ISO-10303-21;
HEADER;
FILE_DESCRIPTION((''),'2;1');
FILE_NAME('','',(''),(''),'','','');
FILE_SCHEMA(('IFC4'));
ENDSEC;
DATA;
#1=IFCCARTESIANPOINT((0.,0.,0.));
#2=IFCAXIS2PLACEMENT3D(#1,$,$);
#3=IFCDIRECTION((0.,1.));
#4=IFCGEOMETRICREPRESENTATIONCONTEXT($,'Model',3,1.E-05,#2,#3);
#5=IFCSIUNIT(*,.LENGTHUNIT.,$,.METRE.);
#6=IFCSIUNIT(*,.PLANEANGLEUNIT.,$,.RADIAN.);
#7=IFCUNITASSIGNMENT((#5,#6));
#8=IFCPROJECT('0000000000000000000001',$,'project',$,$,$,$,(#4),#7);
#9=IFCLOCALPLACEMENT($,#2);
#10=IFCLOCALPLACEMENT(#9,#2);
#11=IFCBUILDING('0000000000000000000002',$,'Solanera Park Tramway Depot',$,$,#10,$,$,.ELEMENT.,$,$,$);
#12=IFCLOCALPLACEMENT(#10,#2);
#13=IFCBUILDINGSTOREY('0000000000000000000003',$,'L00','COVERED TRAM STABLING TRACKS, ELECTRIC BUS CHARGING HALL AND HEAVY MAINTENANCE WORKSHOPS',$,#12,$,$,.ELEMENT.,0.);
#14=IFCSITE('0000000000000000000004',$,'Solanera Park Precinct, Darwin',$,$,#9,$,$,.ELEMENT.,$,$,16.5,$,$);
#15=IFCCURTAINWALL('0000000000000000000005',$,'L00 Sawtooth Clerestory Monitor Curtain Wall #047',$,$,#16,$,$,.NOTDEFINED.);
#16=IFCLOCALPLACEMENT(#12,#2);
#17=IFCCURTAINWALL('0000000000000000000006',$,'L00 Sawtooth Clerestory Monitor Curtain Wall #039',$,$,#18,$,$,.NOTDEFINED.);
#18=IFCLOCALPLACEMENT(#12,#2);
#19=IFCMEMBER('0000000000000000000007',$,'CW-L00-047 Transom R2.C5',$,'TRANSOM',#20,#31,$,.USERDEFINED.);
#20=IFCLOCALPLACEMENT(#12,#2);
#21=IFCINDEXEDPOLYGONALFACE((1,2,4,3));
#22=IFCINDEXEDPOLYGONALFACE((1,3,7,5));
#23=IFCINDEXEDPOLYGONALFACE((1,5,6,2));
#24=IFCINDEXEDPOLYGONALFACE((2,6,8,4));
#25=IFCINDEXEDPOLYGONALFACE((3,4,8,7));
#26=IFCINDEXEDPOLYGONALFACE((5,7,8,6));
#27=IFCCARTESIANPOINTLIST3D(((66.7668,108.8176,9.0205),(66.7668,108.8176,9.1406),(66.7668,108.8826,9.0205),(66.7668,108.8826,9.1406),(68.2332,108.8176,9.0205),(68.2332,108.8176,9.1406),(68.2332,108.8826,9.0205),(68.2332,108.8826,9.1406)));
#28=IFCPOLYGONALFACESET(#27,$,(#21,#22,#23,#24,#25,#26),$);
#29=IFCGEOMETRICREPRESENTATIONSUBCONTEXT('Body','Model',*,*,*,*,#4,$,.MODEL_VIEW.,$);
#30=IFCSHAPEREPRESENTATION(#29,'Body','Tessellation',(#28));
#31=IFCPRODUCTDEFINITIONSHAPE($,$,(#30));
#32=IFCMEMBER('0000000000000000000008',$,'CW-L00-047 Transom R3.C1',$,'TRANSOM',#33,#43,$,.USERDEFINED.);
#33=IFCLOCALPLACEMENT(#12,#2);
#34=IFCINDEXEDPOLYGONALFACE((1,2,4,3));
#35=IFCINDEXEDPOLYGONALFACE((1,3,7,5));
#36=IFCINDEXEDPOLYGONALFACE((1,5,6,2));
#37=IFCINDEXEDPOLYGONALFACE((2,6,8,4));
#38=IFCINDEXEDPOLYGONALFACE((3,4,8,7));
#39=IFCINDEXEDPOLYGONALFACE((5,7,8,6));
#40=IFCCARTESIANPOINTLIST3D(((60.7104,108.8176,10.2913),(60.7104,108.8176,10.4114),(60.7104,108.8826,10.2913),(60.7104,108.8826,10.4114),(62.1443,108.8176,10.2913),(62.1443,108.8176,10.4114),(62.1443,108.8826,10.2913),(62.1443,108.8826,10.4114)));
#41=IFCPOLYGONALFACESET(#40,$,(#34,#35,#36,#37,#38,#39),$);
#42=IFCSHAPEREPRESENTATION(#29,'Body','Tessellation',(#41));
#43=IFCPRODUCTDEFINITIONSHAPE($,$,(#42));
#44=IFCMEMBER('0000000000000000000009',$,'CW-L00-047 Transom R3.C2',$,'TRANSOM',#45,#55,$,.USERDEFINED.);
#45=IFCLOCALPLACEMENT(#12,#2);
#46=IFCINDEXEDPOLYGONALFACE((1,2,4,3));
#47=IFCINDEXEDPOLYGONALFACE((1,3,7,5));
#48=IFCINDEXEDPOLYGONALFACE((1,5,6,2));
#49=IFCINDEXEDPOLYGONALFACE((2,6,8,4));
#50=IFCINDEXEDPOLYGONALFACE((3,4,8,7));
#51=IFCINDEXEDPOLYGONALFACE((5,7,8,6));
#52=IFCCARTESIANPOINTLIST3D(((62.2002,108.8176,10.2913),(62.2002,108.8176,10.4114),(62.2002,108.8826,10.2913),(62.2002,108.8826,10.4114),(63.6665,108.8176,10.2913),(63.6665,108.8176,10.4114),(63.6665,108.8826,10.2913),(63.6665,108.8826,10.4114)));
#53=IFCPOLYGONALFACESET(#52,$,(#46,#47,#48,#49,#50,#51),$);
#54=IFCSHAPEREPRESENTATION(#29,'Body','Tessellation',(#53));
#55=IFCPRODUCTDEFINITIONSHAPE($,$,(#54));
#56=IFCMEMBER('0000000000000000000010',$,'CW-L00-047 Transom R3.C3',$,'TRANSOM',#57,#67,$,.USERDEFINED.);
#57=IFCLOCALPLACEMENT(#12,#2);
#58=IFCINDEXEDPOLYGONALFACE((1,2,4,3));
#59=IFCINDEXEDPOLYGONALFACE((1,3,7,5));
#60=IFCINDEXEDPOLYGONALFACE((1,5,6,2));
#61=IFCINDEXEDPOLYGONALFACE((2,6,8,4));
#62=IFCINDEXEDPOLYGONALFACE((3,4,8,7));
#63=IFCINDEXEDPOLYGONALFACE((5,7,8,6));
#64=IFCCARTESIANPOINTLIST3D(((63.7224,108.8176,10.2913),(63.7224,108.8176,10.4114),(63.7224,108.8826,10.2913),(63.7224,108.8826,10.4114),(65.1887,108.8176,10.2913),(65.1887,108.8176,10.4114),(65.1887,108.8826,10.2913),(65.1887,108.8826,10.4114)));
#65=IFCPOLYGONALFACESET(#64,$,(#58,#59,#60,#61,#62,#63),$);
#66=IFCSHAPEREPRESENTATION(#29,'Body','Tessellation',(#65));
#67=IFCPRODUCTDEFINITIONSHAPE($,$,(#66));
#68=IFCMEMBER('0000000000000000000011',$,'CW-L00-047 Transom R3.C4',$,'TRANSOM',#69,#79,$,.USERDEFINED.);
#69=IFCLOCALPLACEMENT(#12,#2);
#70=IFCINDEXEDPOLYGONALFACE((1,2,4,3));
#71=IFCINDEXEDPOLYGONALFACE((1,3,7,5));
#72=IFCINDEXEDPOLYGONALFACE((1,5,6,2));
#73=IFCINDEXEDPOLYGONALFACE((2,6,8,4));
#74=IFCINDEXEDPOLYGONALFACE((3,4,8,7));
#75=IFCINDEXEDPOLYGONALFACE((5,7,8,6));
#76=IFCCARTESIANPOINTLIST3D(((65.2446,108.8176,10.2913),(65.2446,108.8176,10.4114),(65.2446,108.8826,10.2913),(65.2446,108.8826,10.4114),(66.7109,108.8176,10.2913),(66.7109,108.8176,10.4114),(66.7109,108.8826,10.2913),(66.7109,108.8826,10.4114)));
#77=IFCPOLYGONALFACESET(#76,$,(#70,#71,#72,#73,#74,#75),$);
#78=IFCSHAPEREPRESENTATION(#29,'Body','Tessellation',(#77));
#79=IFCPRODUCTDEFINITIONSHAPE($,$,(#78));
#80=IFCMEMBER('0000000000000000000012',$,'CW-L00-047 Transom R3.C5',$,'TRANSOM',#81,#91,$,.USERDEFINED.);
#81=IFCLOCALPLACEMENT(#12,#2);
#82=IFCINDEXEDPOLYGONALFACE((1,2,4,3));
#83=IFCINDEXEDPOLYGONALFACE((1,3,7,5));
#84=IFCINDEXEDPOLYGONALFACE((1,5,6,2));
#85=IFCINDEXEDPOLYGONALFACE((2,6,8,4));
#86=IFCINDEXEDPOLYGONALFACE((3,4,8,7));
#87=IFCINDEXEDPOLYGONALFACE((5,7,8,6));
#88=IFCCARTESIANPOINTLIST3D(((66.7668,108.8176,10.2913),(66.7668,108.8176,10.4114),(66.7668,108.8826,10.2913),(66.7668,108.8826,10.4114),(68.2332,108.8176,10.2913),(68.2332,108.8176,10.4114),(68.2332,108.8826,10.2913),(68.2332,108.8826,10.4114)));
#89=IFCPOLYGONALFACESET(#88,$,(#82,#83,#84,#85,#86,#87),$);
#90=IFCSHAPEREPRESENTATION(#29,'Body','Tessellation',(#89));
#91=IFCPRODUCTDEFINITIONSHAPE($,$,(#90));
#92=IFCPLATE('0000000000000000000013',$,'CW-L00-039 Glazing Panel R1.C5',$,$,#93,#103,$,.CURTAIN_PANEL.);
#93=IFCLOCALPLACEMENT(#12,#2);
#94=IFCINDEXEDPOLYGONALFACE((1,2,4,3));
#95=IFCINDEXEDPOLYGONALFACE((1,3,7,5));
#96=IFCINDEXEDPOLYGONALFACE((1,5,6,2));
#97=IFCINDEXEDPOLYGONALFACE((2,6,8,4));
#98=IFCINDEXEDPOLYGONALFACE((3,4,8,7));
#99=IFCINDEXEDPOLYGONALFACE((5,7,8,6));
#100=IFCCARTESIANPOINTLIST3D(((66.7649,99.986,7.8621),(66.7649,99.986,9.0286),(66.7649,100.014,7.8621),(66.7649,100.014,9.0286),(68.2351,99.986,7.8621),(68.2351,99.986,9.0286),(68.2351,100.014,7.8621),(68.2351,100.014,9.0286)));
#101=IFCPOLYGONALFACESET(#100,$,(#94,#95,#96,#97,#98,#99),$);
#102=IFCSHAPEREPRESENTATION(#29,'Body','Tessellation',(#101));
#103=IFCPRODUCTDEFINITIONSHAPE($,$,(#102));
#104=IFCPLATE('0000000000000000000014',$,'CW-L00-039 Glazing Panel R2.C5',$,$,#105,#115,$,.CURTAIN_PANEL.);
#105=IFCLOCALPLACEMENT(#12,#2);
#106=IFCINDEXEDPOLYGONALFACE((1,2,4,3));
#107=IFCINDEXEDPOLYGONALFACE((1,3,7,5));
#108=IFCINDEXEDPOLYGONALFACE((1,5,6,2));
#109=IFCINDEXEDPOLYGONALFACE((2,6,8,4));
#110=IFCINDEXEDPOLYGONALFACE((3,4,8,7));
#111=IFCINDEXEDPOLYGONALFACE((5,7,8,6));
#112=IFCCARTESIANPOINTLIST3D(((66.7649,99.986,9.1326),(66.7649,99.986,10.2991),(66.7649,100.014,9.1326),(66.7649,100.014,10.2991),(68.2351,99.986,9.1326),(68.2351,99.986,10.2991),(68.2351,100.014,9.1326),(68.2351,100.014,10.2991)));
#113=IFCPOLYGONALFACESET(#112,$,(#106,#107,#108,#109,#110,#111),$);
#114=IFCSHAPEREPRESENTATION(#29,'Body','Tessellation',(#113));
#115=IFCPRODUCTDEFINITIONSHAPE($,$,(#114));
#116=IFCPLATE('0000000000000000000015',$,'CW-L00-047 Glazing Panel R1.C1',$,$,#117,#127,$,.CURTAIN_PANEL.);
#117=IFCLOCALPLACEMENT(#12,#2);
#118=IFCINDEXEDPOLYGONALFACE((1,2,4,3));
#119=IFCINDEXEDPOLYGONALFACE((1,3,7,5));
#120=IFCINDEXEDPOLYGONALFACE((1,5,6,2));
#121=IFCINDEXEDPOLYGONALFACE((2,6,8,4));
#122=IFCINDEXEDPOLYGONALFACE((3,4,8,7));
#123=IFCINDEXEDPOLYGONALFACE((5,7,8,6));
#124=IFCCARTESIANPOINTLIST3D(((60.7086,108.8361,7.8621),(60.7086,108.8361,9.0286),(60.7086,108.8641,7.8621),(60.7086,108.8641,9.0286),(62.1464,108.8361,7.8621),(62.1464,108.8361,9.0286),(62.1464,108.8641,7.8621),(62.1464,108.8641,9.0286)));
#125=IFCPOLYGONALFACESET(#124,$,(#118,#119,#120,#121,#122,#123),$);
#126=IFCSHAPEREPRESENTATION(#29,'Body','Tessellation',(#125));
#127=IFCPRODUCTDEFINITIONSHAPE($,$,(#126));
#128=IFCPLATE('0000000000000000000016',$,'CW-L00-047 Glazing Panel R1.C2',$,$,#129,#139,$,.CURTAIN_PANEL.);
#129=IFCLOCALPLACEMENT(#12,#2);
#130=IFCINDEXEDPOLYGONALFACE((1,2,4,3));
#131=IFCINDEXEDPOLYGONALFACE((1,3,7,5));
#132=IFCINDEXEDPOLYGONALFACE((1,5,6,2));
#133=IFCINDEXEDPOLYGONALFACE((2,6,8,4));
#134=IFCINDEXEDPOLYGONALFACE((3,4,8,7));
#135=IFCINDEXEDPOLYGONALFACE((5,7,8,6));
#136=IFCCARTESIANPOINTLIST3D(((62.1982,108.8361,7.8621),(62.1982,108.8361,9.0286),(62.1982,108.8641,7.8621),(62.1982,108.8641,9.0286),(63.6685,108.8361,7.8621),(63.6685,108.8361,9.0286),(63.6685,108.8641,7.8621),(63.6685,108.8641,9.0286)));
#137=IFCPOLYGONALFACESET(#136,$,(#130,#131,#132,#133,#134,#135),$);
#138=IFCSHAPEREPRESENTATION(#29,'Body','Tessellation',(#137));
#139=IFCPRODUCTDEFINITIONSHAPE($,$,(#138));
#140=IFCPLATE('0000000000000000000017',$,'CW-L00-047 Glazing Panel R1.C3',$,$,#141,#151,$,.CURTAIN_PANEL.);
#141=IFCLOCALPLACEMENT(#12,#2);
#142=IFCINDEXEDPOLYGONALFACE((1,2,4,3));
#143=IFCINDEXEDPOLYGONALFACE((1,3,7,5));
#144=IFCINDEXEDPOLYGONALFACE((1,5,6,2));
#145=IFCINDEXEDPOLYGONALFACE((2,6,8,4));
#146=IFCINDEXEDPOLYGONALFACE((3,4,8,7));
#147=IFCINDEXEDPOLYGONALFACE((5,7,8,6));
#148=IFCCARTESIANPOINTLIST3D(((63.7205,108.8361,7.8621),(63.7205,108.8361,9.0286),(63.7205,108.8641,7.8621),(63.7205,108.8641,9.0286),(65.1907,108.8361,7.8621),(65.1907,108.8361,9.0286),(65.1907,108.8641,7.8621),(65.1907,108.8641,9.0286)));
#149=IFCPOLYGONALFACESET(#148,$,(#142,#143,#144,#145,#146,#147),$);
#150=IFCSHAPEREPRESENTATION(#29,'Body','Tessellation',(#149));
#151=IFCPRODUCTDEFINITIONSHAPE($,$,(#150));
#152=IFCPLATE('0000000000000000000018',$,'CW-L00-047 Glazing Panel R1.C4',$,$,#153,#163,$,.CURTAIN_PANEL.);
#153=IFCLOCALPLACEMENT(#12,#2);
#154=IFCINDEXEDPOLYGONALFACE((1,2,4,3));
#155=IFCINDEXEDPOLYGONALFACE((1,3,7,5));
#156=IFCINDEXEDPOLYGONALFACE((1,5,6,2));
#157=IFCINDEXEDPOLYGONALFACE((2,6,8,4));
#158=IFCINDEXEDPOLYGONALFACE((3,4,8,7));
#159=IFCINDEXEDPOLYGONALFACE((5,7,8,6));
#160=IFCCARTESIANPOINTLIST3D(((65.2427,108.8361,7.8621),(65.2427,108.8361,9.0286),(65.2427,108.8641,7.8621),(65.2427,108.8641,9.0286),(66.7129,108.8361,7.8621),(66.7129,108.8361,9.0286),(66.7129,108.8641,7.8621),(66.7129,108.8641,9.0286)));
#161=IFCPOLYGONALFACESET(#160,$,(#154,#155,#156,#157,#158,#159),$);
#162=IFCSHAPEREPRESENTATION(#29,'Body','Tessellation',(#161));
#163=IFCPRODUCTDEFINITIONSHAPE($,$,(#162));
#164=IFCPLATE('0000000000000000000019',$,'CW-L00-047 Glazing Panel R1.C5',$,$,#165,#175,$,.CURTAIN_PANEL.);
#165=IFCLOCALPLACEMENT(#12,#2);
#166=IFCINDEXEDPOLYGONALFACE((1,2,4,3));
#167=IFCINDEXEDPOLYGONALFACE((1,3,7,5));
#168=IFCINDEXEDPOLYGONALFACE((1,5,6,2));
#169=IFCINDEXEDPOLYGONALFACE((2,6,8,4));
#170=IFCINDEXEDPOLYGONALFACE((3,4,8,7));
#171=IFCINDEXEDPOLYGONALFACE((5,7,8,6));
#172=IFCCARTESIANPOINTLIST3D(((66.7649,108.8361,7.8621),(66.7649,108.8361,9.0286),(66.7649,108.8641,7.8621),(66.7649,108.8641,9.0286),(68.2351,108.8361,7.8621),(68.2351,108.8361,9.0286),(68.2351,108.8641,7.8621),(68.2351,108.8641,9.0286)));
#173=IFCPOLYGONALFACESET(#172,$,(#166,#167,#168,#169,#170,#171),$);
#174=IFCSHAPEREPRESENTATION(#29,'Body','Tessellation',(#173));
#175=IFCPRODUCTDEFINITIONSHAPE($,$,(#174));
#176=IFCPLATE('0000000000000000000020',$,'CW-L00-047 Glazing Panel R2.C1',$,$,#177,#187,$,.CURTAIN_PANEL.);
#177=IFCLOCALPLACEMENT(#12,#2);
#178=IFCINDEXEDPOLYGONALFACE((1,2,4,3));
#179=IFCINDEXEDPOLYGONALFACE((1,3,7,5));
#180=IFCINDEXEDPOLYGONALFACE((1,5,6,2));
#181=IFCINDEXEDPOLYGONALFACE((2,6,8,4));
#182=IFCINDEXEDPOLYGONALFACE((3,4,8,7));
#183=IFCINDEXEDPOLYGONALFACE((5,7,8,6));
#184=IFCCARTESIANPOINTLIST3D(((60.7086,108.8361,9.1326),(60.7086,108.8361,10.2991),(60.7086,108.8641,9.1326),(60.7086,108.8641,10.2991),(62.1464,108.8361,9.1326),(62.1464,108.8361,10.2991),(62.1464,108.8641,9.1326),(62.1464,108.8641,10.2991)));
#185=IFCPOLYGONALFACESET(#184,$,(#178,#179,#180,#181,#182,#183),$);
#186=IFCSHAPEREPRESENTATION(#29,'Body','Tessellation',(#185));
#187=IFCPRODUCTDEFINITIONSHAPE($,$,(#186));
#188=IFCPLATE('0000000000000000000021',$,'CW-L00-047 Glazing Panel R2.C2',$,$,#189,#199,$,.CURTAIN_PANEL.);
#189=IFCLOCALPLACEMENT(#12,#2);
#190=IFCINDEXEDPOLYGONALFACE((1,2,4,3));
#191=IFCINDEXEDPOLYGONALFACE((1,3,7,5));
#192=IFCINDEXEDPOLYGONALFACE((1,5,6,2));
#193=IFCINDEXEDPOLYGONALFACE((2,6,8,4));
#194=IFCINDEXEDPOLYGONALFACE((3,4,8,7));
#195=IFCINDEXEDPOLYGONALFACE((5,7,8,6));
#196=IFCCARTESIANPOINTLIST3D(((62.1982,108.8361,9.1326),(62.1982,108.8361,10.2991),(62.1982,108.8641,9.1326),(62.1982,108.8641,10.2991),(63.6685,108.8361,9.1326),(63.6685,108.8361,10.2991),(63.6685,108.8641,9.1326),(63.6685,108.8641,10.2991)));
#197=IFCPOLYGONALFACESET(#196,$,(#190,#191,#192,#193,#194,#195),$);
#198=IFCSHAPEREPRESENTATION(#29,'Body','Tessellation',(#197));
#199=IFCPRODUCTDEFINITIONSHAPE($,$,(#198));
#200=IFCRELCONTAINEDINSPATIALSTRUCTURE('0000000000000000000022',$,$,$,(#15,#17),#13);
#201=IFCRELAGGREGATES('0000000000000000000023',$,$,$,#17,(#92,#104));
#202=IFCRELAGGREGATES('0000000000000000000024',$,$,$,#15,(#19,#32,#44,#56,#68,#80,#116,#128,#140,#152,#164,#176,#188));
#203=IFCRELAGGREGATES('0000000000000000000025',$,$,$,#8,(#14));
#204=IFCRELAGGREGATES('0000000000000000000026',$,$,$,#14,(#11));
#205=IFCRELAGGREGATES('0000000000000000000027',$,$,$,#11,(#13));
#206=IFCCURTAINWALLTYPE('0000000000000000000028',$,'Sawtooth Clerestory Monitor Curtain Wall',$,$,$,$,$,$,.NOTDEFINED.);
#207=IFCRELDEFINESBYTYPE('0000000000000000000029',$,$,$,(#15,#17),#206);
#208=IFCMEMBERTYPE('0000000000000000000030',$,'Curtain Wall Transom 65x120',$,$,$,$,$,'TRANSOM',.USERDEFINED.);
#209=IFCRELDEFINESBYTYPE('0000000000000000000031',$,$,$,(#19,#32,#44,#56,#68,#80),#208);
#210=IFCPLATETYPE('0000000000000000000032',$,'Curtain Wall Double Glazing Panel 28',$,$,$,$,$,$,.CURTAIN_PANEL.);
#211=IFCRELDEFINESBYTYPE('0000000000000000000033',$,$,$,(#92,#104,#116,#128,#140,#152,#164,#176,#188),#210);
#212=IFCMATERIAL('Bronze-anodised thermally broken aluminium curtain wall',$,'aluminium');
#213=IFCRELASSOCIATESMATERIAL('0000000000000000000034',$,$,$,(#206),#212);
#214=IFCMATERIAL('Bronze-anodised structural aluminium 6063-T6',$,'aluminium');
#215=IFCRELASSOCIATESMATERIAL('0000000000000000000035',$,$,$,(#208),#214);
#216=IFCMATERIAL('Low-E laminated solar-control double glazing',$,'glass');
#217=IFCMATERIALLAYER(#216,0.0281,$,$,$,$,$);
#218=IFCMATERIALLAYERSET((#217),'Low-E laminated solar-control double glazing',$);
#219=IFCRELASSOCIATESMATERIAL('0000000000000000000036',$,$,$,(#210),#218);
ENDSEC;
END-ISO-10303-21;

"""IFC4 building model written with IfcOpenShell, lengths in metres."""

from ifc_helpers import new_model, si_unit, direction, frame, origin, origin_2d, place, context, subcontext, project, spatial, rectangle, extrude, material, layer, layer_set, material_profile, profile_set, type_object, element, aggregate, save


model = new_model("IFC4")

# Units and contexts
model_context = context("Model", 3, precision=1e-05, world=origin(), true_north=direction((0.0, 1.0)))
body_context = subcontext(model_context, "Body", "Model", "MODEL_VIEW")
ifc_project = project(units=[si_unit("LENGTHUNIT", "METRE"), si_unit("PLANEANGLEUNIT", "RADIAN")], contexts=[model_context])

# Site, building, storey
site_placement = place(None, origin())
site = spatial("IfcSite", under=ifc_project, at=site_placement, Name="Solanera Park Precinct, Darwin", CompositionType="ELEMENT", RefElevation=16.5)
building_placement = place(site_placement, origin())
building = spatial("IfcBuilding", under=site, at=building_placement, Name="Solanera Park Tramway Depot", CompositionType="ELEMENT")
storey_placement = place(building_placement, origin())
storey = spatial("IfcBuildingStorey", under=building, at=storey_placement, Name="L00", Description="COVERED TRAM STABLING TRACKS, ELECTRIC BUS CHARGING HALL AND HEAVY MAINTENANCE WORKSHOPS", CompositionType="ELEMENT", Elevation=0.0)

# Curtain walls
ifc_material_1 = material(Name="Bronze-anodised thermally broken aluminium curtain wall", Category="aluminium")
curtain_wall_type = type_object("IfcCurtainWallType", Name="Sawtooth Clerestory Monitor Curtain Wall", PredefinedType="NOTDEFINED", material=ifc_material_1)
curtain_wall_1_placement = place(storey_placement, origin())
curtain_wall_1 = element("IfcCurtainWall", 1, at=curtain_wall_1_placement, inside=storey, type_object=curtain_wall_type, Name="L00 Sawtooth Clerestory Monitor Curtain Wall #047", PredefinedType="NOTDEFINED")
curtain_wall_2_placement = place(storey_placement, origin())
curtain_wall_2 = element("IfcCurtainWall", 2, at=curtain_wall_2_placement, inside=storey, type_object=curtain_wall_type, Name="L00 Sawtooth Clerestory Monitor Curtain Wall #039", PredefinedType="NOTDEFINED")
ifc_material_2 = material(Name="Bronze-anodised structural aluminium 6063-T6", Category="aluminium")
ifc_material_profile_1 = material_profile(ifc_material_2, rectangle(XDim=0.0649, YDim=0.1201, at=origin_2d()), Name="Curtain Wall Transom 65x120")
ifc_profile_set_1 = profile_set([ifc_material_profile_1], Name="Bronze-anodised structural aluminium 6063-T6")
member_type_1 = type_object("IfcMemberType", Name="Curtain Wall Transom 65x120", ElementType="TRANSOM", PredefinedType="USERDEFINED", material=ifc_profile_set_1)

# Members
member_1_placement = place(storey_placement, frame((66.7668, 108.8501, 9.0806), z_axis=(1.0, 0.0, 0.0), x_axis=(0.0, 1.0, 0.0)))
member_1 = element("IfcMember", 3, at=member_1_placement, type_object=member_type_1, Name="CW-L00-047 Transom R2.C5", ObjectType="TRANSOM", PredefinedType="USERDEFINED", context=body_context, shape_type="SweptSolid", body=[
    extrude(rectangle(XDim=0.0649, YDim=0.1201, at=origin_2d()), origin(), (0.0, 0.0, 1.0), 1.4663),
])
member_2_placement = place(storey_placement, frame((60.7104, 108.8501, 10.3513), z_axis=(1.0, 0.0, 0.0), x_axis=(0.0, 1.0, 0.0)))
member_2 = element("IfcMember", 4, at=member_2_placement, type_object=member_type_1, Name="CW-L00-047 Transom R3.C1", ObjectType="TRANSOM", PredefinedType="USERDEFINED", context=body_context, shape_type="SweptSolid", body=[
    extrude(rectangle(XDim=0.0649, YDim=0.1201, at=origin_2d()), origin(), (0.0, 0.0, 1.0), 1.4338),
])
member_3_placement = place(storey_placement, frame((62.2002, 108.8501, 10.3513), z_axis=(1.0, 0.0, 0.0), x_axis=(0.0, 1.0, 0.0)))
member_3 = element("IfcMember", 5, at=member_3_placement, type_object=member_type_1, Name="CW-L00-047 Transom R3.C2", ObjectType="TRANSOM", PredefinedType="USERDEFINED", context=body_context, shape_type="SweptSolid", body=[
    extrude(rectangle(XDim=0.0649, YDim=0.1201, at=origin_2d()), origin(), (0.0, 0.0, 1.0), 1.4663),
])
member_4_placement = place(storey_placement, frame((63.7224, 108.8501, 10.3513), z_axis=(1.0, 0.0, 0.0), x_axis=(0.0, 1.0, 0.0)))
member_4 = element("IfcMember", 6, at=member_4_placement, type_object=member_type_1, Name="CW-L00-047 Transom R3.C3", ObjectType="TRANSOM", PredefinedType="USERDEFINED", context=body_context, shape_type="SweptSolid", body=[
    extrude(rectangle(XDim=0.0649, YDim=0.1201, at=origin_2d()), origin(), (0.0, 0.0, 1.0), 1.4663),
])
member_5_placement = place(storey_placement, frame((65.2446, 108.8501, 10.3513), z_axis=(1.0, 0.0, 0.0), x_axis=(0.0, 1.0, 0.0)))
member_5 = element("IfcMember", 7, at=member_5_placement, type_object=member_type_1, Name="CW-L00-047 Transom R3.C4", ObjectType="TRANSOM", PredefinedType="USERDEFINED", context=body_context, shape_type="SweptSolid", body=[
    extrude(rectangle(XDim=0.0649, YDim=0.1201, at=origin_2d()), origin(), (0.0, 0.0, 1.0), 1.4663),
])
member_6_placement = place(storey_placement, frame((66.7668, 108.8501, 10.3513), z_axis=(1.0, 0.0, 0.0), x_axis=(0.0, 1.0, 0.0)))
member_6 = element("IfcMember", 8, at=member_6_placement, type_object=member_type_1, Name="CW-L00-047 Transom R3.C5", ObjectType="TRANSOM", PredefinedType="USERDEFINED", context=body_context, shape_type="SweptSolid", body=[
    extrude(rectangle(XDim=0.0649, YDim=0.1201, at=origin_2d()), origin(), (0.0, 0.0, 1.0), 1.4663),
])

# Plates
ifc_material_3 = material(Name="Low-E laminated solar-control double glazing", Category="glass")
ifc_layer = layer(ifc_material_3, 0.0281)
ifc_layer_set = layer_set([ifc_layer], Name="Low-E laminated solar-control double glazing")
plate_type = type_object("IfcPlateType", Name="Curtain Wall Double Glazing Panel 28", PredefinedType="CURTAIN_PANEL", material=ifc_layer_set)
plate_1_placement = place(storey_placement, frame((67.5, 100.0, 7.8621), z_axis=(0.0, 0.0, 1.0), x_axis=(1.0, 0.0, 0.0)))
plate_1 = element("IfcPlate", 9, at=plate_1_placement, type_object=plate_type, Name="CW-L00-039 Glazing Panel R1.C5", PredefinedType="CURTAIN_PANEL", context=body_context, shape_type="SweptSolid", body=[
    extrude(rectangle(XDim=1.4702, YDim=0.0281, at=origin_2d()), origin(), (0.0, 0.0, 1.0), 1.1665),
])
plate_2_placement = place(storey_placement, frame((67.5, 100.0, 9.1326), z_axis=(0.0, 0.0, 1.0), x_axis=(1.0, 0.0, 0.0)))
plate_2 = element("IfcPlate", 10, at=plate_2_placement, type_object=plate_type, Name="CW-L00-039 Glazing Panel R2.C5", PredefinedType="CURTAIN_PANEL", context=body_context, shape_type="SweptSolid", body=[
    extrude(rectangle(XDim=1.4702, YDim=0.0281, at=origin_2d()), origin(), (0.0, 0.0, 1.0), 1.1665),
])
aggregate(curtain_wall_2, [plate_1, plate_2])
plate_3_placement = place(storey_placement, frame((61.4275, 108.8501, 7.8621), z_axis=(0.0, 0.0, 1.0), x_axis=(1.0, 0.0, 0.0)))
plate_3 = element("IfcPlate", 11, at=plate_3_placement, type_object=plate_type, Name="CW-L00-047 Glazing Panel R1.C1", PredefinedType="CURTAIN_PANEL", context=body_context, shape_type="SweptSolid", body=[
    extrude(rectangle(XDim=1.4377, YDim=0.0281, at=origin_2d()), origin(), (0.0, 0.0, 1.0), 1.1665),
])
plate_4_placement = place(storey_placement, frame((62.9333, 108.8501, 7.8621), z_axis=(0.0, 0.0, 1.0), x_axis=(1.0, 0.0, 0.0)))
plate_4 = element("IfcPlate", 12, at=plate_4_placement, type_object=plate_type, Name="CW-L00-047 Glazing Panel R1.C2", PredefinedType="CURTAIN_PANEL", context=body_context, shape_type="SweptSolid", body=[
    extrude(rectangle(XDim=1.4702, YDim=0.0281, at=origin_2d()), origin(), (0.0, 0.0, 1.0), 1.1665),
])
plate_5_placement = place(storey_placement, frame((64.4556, 108.8501, 7.8621), z_axis=(0.0, 0.0, 1.0), x_axis=(1.0, 0.0, 0.0)))
plate_5 = element("IfcPlate", 13, at=plate_5_placement, type_object=plate_type, Name="CW-L00-047 Glazing Panel R1.C3", PredefinedType="CURTAIN_PANEL", context=body_context, shape_type="SweptSolid", body=[
    extrude(rectangle(XDim=1.4702, YDim=0.0281, at=origin_2d()), origin(), (0.0, 0.0, 1.0), 1.1665),
])
plate_6_placement = place(storey_placement, frame((65.9778, 108.8501, 7.8621), z_axis=(0.0, 0.0, 1.0), x_axis=(1.0, 0.0, 0.0)))
plate_6 = element("IfcPlate", 14, at=plate_6_placement, type_object=plate_type, Name="CW-L00-047 Glazing Panel R1.C4", PredefinedType="CURTAIN_PANEL", context=body_context, shape_type="SweptSolid", body=[
    extrude(rectangle(XDim=1.4702, YDim=0.0281, at=origin_2d()), origin(), (0.0, 0.0, 1.0), 1.1665),
])
plate_7_placement = place(storey_placement, frame((67.5, 108.8501, 7.8621), z_axis=(0.0, 0.0, 1.0), x_axis=(1.0, 0.0, 0.0)))
plate_7 = element("IfcPlate", 15, at=plate_7_placement, type_object=plate_type, Name="CW-L00-047 Glazing Panel R1.C5", PredefinedType="CURTAIN_PANEL", context=body_context, shape_type="SweptSolid", body=[
    extrude(rectangle(XDim=1.4702, YDim=0.0281, at=origin_2d()), origin(), (0.0, 0.0, 1.0), 1.1665),
])
plate_8_placement = place(storey_placement, frame((61.4275, 108.8501, 9.1326), z_axis=(0.0, 0.0, 1.0), x_axis=(1.0, 0.0, 0.0)))
plate_8 = element("IfcPlate", 16, at=plate_8_placement, type_object=plate_type, Name="CW-L00-047 Glazing Panel R2.C1", PredefinedType="CURTAIN_PANEL", context=body_context, shape_type="SweptSolid", body=[
    extrude(rectangle(XDim=1.4377, YDim=0.0281, at=origin_2d()), origin(), (0.0, 0.0, 1.0), 1.1665),
])
plate_9_placement = place(storey_placement, frame((62.9333, 108.8501, 9.1326), z_axis=(0.0, 0.0, 1.0), x_axis=(1.0, 0.0, 0.0)))
plate_9 = element("IfcPlate", 17, at=plate_9_placement, type_object=plate_type, Name="CW-L00-047 Glazing Panel R2.C2", PredefinedType="CURTAIN_PANEL", context=body_context, shape_type="SweptSolid", body=[
    extrude(rectangle(XDim=1.4702, YDim=0.0281, at=origin_2d()), origin(), (0.0, 0.0, 1.0), 1.1665),
])
aggregate(curtain_wall_1, [member_1, member_2, member_3, member_4, member_5, member_6, plate_3, plate_4, plate_5, plate_6, plate_7, plate_8, plate_9])

save(model, "model.ifc")
